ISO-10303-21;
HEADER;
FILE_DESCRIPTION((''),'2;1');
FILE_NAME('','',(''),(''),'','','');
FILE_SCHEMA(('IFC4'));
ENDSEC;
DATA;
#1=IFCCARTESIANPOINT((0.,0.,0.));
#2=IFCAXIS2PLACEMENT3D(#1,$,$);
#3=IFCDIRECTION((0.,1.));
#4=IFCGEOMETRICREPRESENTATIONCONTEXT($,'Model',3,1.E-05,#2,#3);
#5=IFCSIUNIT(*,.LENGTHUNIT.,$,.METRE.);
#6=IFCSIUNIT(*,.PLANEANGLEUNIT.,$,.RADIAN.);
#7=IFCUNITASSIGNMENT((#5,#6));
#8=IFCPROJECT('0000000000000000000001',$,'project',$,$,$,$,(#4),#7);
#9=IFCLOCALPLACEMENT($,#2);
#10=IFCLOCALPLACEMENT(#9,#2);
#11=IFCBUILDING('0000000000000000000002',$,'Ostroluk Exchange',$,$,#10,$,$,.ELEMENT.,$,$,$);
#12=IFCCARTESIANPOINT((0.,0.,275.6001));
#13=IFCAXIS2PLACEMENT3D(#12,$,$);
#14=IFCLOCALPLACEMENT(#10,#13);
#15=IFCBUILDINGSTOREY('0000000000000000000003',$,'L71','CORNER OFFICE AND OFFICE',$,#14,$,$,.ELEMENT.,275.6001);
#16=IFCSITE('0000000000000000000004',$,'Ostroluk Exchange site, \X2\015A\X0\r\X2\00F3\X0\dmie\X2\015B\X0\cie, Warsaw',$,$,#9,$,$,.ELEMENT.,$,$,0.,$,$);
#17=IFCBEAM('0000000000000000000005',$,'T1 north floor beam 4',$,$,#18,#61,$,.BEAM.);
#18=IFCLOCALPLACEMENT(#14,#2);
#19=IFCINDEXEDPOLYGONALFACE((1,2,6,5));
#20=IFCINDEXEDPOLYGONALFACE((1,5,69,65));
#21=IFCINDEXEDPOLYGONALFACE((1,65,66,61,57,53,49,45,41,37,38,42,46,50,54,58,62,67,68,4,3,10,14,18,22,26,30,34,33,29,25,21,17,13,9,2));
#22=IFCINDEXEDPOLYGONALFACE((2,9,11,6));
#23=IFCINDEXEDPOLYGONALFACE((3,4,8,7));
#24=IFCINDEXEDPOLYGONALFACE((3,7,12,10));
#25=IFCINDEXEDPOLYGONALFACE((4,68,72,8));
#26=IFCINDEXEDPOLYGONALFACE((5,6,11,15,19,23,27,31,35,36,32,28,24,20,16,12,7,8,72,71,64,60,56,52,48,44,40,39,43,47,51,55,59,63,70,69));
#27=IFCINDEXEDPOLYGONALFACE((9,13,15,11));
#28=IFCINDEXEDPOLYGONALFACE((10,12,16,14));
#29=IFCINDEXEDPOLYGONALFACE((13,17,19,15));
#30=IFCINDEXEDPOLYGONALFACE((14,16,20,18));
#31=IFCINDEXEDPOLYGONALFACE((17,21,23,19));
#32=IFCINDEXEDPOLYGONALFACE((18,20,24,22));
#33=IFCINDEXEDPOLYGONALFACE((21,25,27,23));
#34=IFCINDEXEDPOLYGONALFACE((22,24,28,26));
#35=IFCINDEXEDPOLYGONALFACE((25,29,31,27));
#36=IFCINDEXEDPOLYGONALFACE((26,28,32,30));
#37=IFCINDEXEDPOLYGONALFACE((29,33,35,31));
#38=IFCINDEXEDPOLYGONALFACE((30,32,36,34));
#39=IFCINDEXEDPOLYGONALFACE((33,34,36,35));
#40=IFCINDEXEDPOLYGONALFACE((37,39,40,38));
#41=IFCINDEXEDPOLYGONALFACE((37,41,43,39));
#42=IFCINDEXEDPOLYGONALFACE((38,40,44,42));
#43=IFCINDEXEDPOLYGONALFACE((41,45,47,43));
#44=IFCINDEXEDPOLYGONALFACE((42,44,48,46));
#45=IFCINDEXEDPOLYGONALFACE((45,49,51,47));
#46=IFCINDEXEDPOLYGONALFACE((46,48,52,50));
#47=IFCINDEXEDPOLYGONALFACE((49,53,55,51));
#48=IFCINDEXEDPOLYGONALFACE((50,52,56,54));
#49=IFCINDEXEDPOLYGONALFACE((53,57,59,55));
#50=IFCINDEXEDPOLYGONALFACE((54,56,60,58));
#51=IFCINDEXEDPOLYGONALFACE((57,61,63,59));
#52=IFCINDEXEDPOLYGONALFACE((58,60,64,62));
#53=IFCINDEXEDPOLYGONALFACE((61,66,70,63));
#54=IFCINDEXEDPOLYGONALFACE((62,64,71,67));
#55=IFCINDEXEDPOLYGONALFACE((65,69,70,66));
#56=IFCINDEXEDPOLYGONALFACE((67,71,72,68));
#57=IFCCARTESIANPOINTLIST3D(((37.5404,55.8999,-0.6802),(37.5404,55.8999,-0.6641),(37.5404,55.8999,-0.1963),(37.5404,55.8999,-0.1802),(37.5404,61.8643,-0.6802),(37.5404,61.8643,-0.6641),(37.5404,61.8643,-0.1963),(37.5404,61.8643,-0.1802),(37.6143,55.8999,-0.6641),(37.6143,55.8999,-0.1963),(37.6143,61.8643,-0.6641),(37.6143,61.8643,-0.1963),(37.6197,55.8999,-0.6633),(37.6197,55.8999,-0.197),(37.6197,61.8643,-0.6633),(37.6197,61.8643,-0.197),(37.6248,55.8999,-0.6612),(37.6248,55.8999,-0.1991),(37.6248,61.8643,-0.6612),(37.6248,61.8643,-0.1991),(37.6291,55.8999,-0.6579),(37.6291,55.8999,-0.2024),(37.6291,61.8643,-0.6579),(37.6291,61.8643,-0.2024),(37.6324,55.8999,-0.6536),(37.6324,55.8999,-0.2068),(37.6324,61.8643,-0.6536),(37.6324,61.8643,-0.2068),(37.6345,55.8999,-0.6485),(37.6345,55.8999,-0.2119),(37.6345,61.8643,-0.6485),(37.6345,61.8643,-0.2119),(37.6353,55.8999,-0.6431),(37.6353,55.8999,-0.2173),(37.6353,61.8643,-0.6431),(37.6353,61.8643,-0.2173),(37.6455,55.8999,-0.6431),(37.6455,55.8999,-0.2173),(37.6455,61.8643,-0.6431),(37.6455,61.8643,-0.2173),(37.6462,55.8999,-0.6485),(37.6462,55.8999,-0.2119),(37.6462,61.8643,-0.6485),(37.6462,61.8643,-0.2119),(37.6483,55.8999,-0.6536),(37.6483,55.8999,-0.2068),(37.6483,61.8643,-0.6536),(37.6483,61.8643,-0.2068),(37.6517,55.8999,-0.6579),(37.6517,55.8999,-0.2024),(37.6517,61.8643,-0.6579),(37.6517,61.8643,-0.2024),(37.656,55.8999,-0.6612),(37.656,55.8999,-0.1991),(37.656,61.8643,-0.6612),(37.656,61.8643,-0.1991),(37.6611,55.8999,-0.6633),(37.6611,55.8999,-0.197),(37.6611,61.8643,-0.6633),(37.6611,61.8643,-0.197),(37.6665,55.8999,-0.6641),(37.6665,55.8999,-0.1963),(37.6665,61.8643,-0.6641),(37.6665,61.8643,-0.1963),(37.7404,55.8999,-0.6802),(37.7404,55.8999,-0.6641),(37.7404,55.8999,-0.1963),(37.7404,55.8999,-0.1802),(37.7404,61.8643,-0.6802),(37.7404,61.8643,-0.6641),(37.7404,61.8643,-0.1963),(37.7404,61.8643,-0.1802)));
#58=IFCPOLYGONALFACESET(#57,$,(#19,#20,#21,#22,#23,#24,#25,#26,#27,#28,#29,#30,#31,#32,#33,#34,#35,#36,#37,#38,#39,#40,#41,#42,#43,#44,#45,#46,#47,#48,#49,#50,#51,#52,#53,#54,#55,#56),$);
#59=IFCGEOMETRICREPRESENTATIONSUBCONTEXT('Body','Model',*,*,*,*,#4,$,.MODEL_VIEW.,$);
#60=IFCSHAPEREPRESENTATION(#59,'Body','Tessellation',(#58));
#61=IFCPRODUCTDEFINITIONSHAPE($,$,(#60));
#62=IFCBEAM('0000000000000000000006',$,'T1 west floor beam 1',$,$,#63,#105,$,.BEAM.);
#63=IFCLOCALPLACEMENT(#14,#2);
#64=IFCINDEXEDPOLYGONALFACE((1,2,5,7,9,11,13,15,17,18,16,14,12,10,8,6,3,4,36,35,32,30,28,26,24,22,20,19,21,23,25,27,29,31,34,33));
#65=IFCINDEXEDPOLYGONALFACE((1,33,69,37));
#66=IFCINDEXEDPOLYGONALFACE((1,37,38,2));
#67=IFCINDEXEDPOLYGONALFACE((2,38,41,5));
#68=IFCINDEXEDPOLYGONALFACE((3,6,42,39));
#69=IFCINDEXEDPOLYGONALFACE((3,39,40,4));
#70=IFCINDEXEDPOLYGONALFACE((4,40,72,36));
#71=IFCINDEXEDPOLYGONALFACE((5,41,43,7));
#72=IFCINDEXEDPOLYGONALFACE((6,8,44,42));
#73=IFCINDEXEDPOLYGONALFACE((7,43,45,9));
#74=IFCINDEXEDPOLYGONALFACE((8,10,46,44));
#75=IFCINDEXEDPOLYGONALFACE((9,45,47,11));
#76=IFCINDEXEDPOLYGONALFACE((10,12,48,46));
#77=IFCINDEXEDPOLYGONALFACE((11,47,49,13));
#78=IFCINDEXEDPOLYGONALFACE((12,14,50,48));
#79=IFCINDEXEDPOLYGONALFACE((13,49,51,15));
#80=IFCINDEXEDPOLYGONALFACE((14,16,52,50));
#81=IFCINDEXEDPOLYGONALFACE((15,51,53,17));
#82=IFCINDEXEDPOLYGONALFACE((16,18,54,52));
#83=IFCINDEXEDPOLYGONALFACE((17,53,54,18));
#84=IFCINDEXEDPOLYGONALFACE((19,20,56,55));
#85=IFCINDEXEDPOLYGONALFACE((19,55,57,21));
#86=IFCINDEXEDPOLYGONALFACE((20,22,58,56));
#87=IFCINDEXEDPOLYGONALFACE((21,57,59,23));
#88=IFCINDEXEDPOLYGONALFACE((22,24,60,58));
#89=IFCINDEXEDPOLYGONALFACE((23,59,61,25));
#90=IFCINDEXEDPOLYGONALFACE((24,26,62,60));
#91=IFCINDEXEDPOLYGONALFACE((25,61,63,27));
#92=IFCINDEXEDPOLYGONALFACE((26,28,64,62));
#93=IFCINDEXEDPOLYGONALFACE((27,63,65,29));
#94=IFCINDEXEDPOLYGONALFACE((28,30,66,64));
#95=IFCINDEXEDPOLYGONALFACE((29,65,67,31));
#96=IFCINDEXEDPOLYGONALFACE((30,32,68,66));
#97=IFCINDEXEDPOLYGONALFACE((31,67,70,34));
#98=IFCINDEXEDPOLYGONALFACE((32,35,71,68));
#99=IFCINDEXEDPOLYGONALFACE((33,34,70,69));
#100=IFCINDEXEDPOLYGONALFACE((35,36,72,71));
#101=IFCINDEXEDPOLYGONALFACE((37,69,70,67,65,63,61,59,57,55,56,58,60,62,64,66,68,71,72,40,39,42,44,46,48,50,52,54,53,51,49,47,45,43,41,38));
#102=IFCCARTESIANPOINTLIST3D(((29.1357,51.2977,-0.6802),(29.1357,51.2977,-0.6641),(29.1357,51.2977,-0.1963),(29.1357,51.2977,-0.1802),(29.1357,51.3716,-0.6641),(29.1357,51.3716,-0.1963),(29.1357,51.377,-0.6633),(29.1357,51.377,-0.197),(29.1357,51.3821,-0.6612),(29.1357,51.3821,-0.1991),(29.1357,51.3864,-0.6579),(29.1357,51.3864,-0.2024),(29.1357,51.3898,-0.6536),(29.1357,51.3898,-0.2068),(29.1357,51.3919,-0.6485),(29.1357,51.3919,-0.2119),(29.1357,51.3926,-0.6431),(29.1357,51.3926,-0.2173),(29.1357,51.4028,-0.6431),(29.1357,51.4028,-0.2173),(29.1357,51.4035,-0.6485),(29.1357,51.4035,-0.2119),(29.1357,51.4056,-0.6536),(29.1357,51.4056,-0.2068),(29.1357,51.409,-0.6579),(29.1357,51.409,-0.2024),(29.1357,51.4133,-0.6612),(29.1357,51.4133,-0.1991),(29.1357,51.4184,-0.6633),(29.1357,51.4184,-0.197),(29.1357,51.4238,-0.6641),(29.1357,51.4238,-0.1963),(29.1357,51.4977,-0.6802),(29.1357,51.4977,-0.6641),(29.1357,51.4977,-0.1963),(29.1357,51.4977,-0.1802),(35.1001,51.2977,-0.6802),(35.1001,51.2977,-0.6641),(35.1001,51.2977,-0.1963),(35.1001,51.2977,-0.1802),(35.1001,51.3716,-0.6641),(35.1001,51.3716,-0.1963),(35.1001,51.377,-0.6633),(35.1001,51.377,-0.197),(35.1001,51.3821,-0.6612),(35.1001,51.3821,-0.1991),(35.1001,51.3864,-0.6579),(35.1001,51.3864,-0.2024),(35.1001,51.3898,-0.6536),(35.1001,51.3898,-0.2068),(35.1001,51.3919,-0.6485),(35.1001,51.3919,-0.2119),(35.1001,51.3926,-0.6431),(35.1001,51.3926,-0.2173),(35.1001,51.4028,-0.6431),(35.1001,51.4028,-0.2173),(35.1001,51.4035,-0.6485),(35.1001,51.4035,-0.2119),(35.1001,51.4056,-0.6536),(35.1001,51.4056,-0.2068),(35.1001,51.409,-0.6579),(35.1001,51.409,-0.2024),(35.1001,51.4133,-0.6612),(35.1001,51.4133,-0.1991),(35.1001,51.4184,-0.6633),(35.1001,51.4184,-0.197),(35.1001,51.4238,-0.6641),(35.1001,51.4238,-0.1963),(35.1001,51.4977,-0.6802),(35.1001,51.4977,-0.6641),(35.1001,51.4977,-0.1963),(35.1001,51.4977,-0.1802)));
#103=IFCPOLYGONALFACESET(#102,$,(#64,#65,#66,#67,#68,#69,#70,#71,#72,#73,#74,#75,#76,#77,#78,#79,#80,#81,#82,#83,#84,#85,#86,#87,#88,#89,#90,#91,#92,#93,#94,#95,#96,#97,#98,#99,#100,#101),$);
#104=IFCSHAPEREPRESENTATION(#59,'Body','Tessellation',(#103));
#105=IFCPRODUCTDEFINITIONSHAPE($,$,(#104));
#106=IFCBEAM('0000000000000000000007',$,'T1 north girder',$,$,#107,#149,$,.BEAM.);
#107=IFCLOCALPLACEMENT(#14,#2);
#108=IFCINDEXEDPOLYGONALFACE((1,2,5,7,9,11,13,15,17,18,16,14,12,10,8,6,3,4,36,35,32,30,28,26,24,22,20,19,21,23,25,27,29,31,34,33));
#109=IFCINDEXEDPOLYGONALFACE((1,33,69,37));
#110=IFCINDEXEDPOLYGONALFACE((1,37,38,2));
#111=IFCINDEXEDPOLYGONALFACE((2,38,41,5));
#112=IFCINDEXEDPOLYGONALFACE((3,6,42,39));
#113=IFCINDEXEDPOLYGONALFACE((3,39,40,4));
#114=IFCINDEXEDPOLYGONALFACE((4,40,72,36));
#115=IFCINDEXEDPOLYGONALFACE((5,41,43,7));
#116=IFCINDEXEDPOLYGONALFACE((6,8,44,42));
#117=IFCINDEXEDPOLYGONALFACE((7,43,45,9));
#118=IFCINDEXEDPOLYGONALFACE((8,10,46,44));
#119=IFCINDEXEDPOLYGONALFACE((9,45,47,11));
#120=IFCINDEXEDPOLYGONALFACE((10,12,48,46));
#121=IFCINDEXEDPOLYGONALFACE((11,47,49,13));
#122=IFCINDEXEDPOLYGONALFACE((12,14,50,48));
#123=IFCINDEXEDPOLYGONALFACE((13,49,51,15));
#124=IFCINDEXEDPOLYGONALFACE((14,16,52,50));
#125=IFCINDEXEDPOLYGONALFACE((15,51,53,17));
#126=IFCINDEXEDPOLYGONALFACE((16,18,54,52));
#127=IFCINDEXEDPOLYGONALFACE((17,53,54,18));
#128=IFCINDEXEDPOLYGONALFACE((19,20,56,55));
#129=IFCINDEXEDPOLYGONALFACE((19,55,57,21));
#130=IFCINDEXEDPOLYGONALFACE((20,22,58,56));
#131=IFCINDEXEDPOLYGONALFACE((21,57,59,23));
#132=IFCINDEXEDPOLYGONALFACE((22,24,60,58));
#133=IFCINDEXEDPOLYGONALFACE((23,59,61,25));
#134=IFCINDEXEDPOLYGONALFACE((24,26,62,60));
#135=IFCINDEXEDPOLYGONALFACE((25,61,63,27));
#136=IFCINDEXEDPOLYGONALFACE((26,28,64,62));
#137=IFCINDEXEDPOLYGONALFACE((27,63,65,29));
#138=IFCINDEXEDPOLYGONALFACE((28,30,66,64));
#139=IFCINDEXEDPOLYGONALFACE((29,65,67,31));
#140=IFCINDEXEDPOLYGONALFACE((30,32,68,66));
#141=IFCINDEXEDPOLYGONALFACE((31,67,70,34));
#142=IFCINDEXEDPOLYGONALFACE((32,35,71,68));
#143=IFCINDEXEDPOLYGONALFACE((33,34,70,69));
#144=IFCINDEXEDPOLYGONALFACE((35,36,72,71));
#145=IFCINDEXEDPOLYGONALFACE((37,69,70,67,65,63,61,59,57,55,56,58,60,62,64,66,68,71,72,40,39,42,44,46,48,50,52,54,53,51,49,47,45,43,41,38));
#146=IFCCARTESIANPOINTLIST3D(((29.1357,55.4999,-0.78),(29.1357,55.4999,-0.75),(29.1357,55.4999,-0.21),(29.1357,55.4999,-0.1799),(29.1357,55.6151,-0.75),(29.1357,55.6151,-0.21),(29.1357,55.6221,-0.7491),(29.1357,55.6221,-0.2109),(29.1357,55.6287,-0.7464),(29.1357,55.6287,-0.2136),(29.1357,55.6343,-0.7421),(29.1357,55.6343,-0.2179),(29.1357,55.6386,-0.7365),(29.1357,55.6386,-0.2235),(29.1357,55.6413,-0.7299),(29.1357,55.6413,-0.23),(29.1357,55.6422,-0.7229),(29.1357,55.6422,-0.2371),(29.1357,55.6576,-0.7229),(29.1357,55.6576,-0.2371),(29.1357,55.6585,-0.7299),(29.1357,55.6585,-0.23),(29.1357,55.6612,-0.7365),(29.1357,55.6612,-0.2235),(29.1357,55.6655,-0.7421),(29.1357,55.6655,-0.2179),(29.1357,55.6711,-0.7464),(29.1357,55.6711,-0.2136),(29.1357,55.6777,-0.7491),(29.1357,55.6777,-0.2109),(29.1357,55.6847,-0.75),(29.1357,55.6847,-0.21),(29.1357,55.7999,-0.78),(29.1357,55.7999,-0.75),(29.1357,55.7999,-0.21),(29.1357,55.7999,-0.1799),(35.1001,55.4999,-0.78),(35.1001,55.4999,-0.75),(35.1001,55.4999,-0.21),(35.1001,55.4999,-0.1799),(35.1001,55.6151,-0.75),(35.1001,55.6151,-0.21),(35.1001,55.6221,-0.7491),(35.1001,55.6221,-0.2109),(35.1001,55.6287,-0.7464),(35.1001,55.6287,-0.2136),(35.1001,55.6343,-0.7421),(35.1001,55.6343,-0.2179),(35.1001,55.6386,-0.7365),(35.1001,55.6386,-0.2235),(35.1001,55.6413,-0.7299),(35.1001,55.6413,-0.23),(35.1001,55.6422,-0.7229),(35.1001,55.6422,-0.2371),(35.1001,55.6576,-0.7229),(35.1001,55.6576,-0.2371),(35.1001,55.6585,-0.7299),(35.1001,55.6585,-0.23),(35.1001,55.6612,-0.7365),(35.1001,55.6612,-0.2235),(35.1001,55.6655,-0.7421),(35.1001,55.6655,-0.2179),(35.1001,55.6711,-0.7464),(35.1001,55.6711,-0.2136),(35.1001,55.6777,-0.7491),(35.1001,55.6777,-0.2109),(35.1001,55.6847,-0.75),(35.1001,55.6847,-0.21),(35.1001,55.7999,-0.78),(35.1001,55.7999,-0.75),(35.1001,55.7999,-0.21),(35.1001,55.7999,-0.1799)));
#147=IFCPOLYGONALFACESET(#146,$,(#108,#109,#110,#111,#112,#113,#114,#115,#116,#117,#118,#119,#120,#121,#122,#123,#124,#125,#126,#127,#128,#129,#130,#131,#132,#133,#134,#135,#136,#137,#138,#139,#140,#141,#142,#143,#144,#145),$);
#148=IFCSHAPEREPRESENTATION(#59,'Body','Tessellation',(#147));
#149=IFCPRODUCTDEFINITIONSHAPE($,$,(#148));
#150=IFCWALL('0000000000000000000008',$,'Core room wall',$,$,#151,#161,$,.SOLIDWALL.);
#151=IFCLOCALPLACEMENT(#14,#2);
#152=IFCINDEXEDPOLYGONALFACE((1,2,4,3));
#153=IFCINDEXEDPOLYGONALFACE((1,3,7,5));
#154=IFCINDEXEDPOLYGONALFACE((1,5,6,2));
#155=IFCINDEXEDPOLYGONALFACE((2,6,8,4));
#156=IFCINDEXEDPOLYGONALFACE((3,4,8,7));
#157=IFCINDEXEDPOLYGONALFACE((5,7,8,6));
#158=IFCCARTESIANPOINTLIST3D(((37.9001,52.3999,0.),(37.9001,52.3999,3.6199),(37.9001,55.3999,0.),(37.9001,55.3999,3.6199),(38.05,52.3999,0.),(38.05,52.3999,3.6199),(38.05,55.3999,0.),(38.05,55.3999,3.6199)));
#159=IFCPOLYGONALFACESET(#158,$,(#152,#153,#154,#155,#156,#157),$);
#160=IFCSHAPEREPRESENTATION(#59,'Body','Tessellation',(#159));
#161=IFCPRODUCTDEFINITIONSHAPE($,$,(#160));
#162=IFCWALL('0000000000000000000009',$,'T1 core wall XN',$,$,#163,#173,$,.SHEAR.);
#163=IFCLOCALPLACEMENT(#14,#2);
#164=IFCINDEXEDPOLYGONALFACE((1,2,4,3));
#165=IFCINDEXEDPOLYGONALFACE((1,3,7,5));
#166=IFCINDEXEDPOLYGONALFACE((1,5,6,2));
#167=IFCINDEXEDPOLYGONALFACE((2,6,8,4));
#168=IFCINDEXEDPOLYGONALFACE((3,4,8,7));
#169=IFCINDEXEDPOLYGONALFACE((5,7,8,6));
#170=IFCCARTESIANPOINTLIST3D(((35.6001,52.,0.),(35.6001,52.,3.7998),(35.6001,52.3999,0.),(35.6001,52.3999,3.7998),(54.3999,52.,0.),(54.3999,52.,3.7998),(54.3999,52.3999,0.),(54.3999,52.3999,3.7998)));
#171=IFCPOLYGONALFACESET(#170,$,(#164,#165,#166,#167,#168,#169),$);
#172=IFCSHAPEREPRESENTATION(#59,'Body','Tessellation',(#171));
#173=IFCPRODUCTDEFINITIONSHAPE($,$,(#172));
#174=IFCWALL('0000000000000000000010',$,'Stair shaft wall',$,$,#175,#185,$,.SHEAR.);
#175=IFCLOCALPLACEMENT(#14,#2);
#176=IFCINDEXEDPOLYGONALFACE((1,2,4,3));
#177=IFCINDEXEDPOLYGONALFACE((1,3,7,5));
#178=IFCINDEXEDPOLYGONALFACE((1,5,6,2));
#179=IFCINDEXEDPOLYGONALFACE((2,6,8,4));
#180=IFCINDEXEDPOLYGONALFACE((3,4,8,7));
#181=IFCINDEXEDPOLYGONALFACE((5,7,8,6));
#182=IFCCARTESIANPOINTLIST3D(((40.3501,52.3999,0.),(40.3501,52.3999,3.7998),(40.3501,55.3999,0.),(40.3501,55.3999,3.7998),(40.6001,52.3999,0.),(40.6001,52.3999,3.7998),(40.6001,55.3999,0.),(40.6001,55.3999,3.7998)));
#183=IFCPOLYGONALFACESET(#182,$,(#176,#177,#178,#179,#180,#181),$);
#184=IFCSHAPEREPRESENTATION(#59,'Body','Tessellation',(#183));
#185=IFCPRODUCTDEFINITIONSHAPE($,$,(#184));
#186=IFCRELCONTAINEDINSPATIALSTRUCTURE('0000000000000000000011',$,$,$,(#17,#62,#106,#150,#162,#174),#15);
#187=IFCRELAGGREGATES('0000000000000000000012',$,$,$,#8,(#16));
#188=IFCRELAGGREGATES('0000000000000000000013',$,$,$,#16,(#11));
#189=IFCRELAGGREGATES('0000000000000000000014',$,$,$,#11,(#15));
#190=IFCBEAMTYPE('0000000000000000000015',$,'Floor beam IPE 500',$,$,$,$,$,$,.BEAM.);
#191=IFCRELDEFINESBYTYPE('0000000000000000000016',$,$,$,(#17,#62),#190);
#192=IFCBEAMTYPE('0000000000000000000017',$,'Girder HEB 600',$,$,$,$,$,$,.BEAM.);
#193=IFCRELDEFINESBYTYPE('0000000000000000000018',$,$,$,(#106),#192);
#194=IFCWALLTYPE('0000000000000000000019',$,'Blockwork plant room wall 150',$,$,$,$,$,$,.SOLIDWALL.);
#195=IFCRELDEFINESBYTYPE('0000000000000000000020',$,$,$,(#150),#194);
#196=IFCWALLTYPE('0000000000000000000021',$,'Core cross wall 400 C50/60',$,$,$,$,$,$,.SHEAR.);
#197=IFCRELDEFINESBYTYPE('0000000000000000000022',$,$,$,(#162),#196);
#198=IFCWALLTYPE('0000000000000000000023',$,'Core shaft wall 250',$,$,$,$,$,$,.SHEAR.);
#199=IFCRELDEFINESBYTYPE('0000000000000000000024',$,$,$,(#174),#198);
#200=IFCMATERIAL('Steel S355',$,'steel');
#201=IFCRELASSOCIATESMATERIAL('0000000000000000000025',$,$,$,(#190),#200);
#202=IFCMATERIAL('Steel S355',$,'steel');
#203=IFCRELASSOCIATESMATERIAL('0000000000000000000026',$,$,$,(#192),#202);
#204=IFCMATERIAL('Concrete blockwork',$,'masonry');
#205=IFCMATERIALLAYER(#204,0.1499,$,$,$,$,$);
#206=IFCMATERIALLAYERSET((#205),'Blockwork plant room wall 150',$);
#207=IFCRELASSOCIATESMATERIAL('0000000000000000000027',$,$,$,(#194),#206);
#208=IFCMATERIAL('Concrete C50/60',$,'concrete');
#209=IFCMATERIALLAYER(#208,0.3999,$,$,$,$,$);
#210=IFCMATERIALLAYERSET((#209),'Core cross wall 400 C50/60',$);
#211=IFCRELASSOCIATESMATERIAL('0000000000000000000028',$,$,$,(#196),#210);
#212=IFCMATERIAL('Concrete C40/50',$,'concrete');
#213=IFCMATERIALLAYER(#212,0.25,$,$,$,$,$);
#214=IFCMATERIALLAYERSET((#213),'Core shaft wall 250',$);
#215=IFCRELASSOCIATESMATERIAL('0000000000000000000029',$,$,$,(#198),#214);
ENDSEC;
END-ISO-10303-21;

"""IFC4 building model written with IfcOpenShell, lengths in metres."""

from ifc_helpers import new_model, si_unit, direction, frame, frame_2d, origin, origin_2d, place, context, subcontext, project, spatial, rectangle, i_section, extrude, material, layer, layer_set, material_profile, profile_set, type_object, element, save


model = new_model("IFC4")

# Units and contexts
model_context = context("Model", 3, precision=1e-05, world=origin(), true_north=direction((0.0, 1.0)))
body_context = subcontext(model_context, "Body", "Model", "MODEL_VIEW")
ifc_project = project(units=[si_unit("LENGTHUNIT", "METRE"), si_unit("PLANEANGLEUNIT", "RADIAN")], contexts=[model_context])

# Site, building, storey
site_placement = place(None, origin())
site = spatial("IfcSite", under=ifc_project, at=site_placement, Name="Ostroluk Exchange site, Śródmieście, Warsaw", CompositionType="ELEMENT", RefElevation=0.0)
building_placement = place(site_placement, origin())
building = spatial("IfcBuilding", under=site, at=building_placement, Name="Ostroluk Exchange", CompositionType="ELEMENT")
storey_placement = place(building_placement, frame((0.0, 0.0, 275.6001)))
storey = spatial("IfcBuildingStorey", under=building, at=storey_placement, Name="L71", Description="CORNER OFFICE AND OFFICE", CompositionType="ELEMENT", Elevation=275.6001)

# Beams
ifc_material_1 = material(Name="Steel S355", Category="steel")
ifc_material_profile_1 = material_profile(ifc_material_1, i_section(OverallWidth=0.2, OverallDepth=0.5, WebThickness=0.0103, FlangeThickness=0.0161, FilletRadius=0.021, at=origin_2d()), Name="IPE 500")
ifc_profile_set_1 = profile_set([ifc_material_profile_1], Name="Steel S355")
beam_type_1 = type_object("IfcBeamType", Name="Floor beam IPE 500", PredefinedType="BEAM", material=ifc_profile_set_1)
for number, where, z_axis, x_axis, name in (
    (1, (37.6404, 55.8999, -0.4302), (0.0, 1.0, 0.0), (-1.0, 0.0, 0.0), "T1 north floor beam 4"),
    (2, (35.1001, 51.3977, -0.4302), (-1.0, 0.0, 0.0), (0.0, -1.0, 0.0), "T1 west floor beam 1"),
):
    element("IfcBeam", number, at=place(storey_placement, frame(where, z_axis=z_axis, x_axis=x_axis)), inside=storey, type_object=beam_type_1, Name=name, PredefinedType="BEAM", context=body_context, shape_type="SweptSolid", body=[
        extrude(i_section(OverallWidth=0.2, OverallDepth=0.5, WebThickness=0.0103, FlangeThickness=0.0161, FilletRadius=0.021, at=origin_2d()), origin(), (0.0, 0.0, 1.0), 5.9644),
    ])
ifc_material_2 = material(Name="Steel S355", Category="steel")
ifc_material_profile_2 = material_profile(ifc_material_2, i_section(OverallWidth=0.3, OverallDepth=0.6001, WebThickness=0.0154, FlangeThickness=0.03, FilletRadius=0.0271, at=origin_2d()), Name="HEB 600")
ifc_profile_set_2 = profile_set([ifc_material_profile_2], Name="Steel S355")
beam_type_2 = type_object("IfcBeamType", Name="Girder HEB 600", PredefinedType="BEAM", material=ifc_profile_set_2)
beam_placement = place(storey_placement, frame((35.1001, 55.6499, -0.48), z_axis=(-1.0, 0.0, 0.0), x_axis=(0.0, -1.0, 0.0)))
element("IfcBeam", 3, at=beam_placement, inside=storey, type_object=beam_type_2, Name="T1 north girder", PredefinedType="BEAM", context=body_context, shape_type="SweptSolid", body=[
    extrude(i_section(OverallWidth=0.3, OverallDepth=0.6001, WebThickness=0.0154, FlangeThickness=0.03, FilletRadius=0.0271, at=origin_2d()), origin(), (0.0, 0.0, 1.0), 5.9644),
])

# Walls
ifc_material_3 = material(Name="Concrete blockwork", Category="masonry")
ifc_layer_1 = layer(ifc_material_3, 0.1499)
ifc_layer_set_1 = layer_set([ifc_layer_1], Name="Blockwork plant room wall 150")
wall_type_1 = type_object("IfcWallType", Name="Blockwork plant room wall 150", PredefinedType="SOLIDWALL", material=ifc_layer_set_1)
wall_1_placement = place(storey_placement, frame((37.9751, 52.3999, 0.0), z_axis=(0.0, 0.0, 1.0), x_axis=(0.0, 1.0, 0.0)))
element("IfcWall", 4, at=wall_1_placement, inside=storey, type_object=wall_type_1, Name="Core room wall", PredefinedType="SOLIDWALL", context=body_context, shape_type="SweptSolid", body=[
    extrude(rectangle(XDim=3.0, YDim=0.1499, at=frame_2d((1.5, 0.0))), origin(), (0.0, 0.0, 1.0), 3.6199),
])
ifc_material_4 = material(Name="Concrete C50/60", Category="concrete")
ifc_layer_2 = layer(ifc_material_4, 0.3999)
ifc_layer_set_2 = layer_set([ifc_layer_2], Name="Core cross wall 400 C50/60")
wall_type_2 = type_object("IfcWallType", Name="Core cross wall 400 C50/60", PredefinedType="SHEAR", material=ifc_layer_set_2)
wall_2_placement = place(storey_placement, frame((35.6001, 52.2, 0.0), z_axis=(0.0, 0.0, 1.0), x_axis=(1.0, 0.0, 0.0)))
element("IfcWall", 5, at=wall_2_placement, inside=storey, type_object=wall_type_2, Name="T1 core wall XN", PredefinedType="SHEAR", context=body_context, shape_type="SweptSolid", body=[
    extrude(rectangle(XDim=18.7998, YDim=0.3999, at=frame_2d((9.3999, 0.0))), origin(), (0.0, 0.0, 1.0), 3.7998),
])
ifc_material_5 = material(Name="Concrete C40/50", Category="concrete")
ifc_layer_3 = layer(ifc_material_5, 0.25)
ifc_layer_set_3 = layer_set([ifc_layer_3], Name="Core shaft wall 250")
wall_type_3 = type_object("IfcWallType", Name="Core shaft wall 250", PredefinedType="SHEAR", material=ifc_layer_set_3)
wall_3_placement = place(storey_placement, frame((40.4751, 52.3999, 0.0), z_axis=(0.0, 0.0, 1.0), x_axis=(0.0, 1.0, 0.0)))
element("IfcWall", 6, at=wall_3_placement, inside=storey, type_object=wall_type_3, Name="Stair shaft wall", PredefinedType="SHEAR", context=body_context, shape_type="SweptSolid", body=[
    extrude(rectangle(XDim=3.0, YDim=0.25, at=frame_2d((1.5, 0.0))), origin(), (0.0, 0.0, 1.0), 3.7998),
])

save(model, "model.ifc")
